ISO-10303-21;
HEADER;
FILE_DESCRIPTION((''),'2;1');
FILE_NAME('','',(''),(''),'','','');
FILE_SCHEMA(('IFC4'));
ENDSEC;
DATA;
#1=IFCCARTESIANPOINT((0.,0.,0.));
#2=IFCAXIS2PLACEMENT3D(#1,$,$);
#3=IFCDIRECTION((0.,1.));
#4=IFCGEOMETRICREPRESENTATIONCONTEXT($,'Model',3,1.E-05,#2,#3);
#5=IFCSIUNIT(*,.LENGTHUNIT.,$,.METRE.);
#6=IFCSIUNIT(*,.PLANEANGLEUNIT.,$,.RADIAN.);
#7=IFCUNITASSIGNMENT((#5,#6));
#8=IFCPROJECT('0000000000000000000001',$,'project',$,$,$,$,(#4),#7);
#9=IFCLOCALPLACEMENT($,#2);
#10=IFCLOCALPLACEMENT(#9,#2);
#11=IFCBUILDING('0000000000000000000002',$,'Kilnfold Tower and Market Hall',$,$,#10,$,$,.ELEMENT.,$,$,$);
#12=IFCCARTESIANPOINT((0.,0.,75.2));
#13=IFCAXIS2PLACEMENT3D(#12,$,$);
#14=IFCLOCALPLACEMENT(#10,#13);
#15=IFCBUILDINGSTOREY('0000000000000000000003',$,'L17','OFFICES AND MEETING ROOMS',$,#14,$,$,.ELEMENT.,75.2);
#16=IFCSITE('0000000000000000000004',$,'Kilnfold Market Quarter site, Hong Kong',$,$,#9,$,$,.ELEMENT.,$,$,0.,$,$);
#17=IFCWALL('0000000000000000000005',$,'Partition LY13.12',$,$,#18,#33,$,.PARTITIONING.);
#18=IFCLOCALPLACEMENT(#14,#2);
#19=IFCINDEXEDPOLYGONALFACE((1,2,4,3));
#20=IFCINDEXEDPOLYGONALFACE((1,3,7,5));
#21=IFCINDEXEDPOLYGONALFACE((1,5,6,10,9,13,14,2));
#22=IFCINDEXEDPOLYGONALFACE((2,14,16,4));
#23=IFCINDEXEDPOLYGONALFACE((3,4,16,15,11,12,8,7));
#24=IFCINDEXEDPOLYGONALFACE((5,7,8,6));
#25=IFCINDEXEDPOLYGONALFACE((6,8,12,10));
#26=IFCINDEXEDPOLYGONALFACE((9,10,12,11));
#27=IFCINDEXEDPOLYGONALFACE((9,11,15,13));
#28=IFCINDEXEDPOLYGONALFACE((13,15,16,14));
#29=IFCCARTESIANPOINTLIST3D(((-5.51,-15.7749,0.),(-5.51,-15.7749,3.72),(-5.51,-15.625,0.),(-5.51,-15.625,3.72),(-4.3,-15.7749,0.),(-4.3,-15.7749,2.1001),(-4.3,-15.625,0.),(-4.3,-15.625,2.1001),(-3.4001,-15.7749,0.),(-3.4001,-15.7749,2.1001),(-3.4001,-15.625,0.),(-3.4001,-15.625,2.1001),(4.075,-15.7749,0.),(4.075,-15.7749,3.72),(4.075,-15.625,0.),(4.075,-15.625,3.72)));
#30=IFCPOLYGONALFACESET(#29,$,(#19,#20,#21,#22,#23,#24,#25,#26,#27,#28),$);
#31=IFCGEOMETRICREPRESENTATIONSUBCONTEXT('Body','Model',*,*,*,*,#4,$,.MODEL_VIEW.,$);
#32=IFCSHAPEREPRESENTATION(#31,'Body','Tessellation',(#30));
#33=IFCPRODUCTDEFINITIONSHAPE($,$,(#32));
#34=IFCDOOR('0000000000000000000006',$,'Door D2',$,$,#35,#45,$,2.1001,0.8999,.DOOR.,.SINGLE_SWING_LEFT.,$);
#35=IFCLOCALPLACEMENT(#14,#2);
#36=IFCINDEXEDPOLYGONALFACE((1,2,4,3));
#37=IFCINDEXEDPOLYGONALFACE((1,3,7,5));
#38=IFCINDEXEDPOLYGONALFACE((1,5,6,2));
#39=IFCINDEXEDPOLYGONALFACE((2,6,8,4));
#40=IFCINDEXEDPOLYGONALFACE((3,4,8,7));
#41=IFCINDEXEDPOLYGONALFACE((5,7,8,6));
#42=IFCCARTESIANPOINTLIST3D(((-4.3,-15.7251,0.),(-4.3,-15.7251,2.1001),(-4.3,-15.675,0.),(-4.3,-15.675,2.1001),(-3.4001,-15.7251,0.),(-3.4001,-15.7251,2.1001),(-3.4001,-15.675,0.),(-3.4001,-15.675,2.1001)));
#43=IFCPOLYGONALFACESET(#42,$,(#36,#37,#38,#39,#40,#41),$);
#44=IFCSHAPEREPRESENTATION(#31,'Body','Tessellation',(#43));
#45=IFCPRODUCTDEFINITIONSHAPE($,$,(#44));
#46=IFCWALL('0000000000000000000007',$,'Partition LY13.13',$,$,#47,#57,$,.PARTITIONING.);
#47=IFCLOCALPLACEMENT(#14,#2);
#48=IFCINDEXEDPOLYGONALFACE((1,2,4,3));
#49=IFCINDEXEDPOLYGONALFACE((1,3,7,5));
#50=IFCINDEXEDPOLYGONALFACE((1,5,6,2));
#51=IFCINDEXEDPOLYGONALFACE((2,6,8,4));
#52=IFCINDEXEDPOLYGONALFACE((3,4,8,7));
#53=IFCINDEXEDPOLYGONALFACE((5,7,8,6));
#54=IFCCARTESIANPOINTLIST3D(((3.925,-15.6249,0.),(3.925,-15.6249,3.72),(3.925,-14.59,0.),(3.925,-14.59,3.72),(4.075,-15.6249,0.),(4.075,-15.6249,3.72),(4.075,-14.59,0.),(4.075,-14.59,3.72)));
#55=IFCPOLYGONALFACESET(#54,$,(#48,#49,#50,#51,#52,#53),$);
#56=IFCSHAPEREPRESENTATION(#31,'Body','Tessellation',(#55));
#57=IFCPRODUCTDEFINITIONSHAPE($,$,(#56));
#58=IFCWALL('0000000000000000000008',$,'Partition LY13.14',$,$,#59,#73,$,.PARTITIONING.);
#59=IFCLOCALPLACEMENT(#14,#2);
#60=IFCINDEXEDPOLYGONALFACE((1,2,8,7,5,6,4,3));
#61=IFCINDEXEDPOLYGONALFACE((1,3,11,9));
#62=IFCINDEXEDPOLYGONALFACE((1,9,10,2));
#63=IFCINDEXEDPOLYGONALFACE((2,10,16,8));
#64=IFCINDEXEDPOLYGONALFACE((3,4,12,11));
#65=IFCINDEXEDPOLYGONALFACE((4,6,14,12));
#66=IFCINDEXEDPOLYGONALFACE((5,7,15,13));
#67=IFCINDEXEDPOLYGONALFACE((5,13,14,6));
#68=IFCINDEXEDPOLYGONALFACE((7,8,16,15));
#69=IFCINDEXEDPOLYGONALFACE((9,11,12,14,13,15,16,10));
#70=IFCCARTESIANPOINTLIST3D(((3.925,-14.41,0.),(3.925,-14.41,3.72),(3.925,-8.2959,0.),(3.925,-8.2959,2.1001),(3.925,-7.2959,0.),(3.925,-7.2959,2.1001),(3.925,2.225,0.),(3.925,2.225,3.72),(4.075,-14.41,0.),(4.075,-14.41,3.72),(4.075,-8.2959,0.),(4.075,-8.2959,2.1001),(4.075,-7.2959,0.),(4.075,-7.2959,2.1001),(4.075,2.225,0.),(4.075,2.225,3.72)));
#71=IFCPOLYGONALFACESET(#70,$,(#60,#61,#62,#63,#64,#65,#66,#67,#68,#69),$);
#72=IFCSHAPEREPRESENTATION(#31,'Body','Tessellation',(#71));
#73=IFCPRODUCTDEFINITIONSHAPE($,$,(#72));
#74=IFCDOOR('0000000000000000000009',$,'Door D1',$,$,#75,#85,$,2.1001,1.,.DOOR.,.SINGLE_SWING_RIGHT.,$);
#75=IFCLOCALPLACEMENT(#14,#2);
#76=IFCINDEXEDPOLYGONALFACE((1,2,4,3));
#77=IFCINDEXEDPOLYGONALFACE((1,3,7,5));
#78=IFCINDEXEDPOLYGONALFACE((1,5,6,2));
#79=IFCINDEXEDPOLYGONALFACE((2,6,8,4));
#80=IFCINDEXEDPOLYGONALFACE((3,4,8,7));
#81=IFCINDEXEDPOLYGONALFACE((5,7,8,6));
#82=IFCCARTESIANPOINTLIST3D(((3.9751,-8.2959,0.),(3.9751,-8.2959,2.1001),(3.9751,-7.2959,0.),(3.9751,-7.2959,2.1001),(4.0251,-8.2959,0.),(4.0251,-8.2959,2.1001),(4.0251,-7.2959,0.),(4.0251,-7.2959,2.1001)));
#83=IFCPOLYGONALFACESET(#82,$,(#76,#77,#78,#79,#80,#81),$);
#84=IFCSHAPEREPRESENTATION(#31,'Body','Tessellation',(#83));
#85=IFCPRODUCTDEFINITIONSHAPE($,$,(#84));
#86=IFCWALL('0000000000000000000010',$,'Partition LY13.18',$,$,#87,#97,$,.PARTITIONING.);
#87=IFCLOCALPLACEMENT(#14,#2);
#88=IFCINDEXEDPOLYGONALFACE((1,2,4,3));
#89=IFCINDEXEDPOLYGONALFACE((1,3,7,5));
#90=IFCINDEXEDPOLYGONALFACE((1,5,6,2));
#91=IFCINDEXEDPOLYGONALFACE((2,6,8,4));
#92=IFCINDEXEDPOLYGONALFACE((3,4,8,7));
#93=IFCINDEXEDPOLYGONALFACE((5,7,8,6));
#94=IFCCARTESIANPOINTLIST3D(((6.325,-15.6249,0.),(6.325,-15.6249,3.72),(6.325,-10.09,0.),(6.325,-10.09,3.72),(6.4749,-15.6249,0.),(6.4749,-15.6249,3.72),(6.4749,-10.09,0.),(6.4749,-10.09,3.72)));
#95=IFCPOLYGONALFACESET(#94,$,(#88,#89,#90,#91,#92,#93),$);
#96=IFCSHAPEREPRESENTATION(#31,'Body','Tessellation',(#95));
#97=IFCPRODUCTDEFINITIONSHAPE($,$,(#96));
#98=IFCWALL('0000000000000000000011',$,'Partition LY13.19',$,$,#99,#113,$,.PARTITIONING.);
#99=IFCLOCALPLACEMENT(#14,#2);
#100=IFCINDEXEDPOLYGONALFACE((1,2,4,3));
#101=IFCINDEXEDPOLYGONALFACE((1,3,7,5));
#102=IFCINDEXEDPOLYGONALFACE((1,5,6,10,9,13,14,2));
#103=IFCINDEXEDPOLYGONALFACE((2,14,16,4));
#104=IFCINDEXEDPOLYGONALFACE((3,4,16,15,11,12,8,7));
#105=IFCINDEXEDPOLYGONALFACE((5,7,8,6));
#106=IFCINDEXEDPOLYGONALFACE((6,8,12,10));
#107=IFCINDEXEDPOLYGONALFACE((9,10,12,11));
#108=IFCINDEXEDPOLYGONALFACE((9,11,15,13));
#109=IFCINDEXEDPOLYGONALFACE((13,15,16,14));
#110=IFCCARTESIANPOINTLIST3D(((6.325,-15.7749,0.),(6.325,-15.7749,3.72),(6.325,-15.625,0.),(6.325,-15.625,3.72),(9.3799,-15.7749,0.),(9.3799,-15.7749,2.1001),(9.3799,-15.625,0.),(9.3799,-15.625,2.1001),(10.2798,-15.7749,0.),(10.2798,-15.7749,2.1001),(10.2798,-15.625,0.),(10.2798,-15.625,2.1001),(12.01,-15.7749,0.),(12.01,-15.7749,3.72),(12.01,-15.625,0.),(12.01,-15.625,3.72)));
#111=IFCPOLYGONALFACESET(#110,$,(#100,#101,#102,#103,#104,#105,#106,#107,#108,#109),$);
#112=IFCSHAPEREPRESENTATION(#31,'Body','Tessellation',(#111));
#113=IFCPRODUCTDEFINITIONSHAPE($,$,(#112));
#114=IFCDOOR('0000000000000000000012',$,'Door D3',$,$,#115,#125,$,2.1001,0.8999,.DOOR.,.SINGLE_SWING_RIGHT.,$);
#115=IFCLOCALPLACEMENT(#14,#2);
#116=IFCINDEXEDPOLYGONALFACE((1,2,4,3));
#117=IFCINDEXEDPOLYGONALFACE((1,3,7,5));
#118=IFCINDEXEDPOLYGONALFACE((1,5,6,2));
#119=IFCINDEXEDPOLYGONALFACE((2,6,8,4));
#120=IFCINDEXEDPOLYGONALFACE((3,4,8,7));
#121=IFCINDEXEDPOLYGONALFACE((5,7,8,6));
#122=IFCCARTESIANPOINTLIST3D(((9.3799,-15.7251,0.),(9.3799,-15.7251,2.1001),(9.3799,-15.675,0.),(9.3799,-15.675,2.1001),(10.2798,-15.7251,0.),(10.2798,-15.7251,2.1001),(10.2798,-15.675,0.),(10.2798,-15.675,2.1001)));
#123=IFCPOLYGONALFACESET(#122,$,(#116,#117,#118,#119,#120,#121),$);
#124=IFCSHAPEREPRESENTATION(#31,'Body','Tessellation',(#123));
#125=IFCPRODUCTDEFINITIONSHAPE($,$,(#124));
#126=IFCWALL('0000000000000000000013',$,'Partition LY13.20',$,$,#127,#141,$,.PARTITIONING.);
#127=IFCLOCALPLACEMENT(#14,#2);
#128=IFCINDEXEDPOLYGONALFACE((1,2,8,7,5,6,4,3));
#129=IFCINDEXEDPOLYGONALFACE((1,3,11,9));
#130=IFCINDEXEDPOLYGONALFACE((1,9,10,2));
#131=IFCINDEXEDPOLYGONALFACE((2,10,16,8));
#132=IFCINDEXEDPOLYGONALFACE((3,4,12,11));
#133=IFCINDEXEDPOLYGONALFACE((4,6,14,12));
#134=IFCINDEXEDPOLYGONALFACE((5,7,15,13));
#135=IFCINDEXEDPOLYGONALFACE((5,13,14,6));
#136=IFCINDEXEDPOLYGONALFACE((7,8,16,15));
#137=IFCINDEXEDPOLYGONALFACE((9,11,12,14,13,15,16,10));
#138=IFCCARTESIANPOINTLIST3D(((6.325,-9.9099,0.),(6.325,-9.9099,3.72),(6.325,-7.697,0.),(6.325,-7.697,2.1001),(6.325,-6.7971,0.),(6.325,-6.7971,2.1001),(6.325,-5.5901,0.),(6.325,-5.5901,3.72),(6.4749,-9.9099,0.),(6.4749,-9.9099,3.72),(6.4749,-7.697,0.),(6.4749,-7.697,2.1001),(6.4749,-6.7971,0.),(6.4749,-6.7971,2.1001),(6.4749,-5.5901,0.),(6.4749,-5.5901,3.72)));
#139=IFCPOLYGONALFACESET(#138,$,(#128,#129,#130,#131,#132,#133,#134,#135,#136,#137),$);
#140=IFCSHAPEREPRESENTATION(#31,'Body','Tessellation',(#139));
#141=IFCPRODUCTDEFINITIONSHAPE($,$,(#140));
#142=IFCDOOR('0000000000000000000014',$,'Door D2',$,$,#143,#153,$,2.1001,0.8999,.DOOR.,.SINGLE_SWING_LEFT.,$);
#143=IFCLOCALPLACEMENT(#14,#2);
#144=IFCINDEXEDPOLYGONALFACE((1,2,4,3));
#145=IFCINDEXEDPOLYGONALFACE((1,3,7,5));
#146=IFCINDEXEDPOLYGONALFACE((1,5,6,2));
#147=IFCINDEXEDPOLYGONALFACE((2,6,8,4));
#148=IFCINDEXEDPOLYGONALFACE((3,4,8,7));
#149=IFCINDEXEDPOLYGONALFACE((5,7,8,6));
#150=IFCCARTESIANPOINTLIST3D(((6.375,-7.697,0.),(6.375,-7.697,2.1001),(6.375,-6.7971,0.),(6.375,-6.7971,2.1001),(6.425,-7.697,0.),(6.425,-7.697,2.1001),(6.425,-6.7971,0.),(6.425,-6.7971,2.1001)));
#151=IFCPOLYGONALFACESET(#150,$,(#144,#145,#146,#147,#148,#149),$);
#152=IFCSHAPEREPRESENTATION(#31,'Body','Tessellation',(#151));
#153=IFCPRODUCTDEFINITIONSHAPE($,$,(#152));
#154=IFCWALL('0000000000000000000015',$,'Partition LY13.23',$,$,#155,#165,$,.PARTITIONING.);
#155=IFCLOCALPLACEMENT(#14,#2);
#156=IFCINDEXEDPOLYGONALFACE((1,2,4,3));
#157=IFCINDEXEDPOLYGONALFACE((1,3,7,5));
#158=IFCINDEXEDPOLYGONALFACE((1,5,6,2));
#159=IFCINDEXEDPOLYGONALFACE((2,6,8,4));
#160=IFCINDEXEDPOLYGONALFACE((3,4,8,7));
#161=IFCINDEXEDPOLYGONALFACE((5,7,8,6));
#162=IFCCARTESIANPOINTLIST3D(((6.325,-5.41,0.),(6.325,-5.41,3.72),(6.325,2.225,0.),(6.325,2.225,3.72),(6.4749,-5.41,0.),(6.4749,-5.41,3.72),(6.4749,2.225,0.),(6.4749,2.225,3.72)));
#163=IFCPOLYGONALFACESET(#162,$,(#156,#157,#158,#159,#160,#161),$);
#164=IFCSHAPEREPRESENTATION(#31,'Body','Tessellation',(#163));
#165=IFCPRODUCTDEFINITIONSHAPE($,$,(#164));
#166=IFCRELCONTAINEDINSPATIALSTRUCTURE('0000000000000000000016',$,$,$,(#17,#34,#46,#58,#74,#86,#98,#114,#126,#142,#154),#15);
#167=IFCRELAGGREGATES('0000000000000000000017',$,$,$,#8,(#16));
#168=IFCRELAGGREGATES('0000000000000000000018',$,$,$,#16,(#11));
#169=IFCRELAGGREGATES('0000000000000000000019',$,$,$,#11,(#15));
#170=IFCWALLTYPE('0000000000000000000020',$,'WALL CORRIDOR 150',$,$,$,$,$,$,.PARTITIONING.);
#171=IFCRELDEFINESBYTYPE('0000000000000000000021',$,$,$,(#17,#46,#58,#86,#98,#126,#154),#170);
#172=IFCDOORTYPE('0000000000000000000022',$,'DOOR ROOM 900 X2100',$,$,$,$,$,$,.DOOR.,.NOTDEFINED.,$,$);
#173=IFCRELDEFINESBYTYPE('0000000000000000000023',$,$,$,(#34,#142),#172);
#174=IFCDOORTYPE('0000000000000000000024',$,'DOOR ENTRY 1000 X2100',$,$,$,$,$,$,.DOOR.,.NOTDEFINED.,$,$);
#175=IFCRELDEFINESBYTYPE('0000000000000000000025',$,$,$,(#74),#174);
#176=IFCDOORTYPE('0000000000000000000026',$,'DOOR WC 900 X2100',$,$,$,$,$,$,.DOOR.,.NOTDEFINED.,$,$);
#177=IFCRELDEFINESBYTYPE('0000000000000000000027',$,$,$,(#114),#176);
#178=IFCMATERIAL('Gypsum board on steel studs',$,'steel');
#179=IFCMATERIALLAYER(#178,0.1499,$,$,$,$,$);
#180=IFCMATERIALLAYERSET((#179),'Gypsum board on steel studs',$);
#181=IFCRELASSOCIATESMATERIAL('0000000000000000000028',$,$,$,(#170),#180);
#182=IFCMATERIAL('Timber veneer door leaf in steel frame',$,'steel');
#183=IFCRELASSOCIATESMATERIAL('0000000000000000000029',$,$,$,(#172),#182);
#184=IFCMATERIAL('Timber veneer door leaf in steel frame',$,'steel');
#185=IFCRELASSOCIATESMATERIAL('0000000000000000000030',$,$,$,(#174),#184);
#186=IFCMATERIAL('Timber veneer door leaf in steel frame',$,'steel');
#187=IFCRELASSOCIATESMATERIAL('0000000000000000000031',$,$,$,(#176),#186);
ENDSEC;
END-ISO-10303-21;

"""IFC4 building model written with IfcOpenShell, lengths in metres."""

from ifc_helpers import new_model, si_unit, direction, frame, frame_2d, origin, place, context, subcontext, project, spatial, rectangle, extrude, material, layer, layer_set, type_object, element, fill, save


model = new_model("IFC4")

# Units and contexts
model_context = context("Model", 3, precision=1e-05, world=origin(), true_north=direction((0.0, 1.0)))
body_context = subcontext(model_context, "Body", "Model", "MODEL_VIEW")
ifc_project = project(units=[si_unit("LENGTHUNIT", "METRE"), si_unit("PLANEANGLEUNIT", "RADIAN")], contexts=[model_context])

# Site, building, storey
site_placement = place(None, origin())
site = spatial("IfcSite", under=ifc_project, at=site_placement, Name="Kilnfold Market Quarter site, Hong Kong", CompositionType="ELEMENT", RefElevation=0.0)
building_placement = place(site_placement, origin())
building = spatial("IfcBuilding", under=site, at=building_placement, Name="Kilnfold Tower and Market Hall", CompositionType="ELEMENT")
storey_placement = place(building_placement, frame((0.0, 0.0, 75.2)))
storey = spatial("IfcBuildingStorey", under=building, at=storey_placement, Name="L17", Description="OFFICES AND MEETING ROOMS", CompositionType="ELEMENT", Elevation=75.2)

# Wall, opening, door
ifc_material_1 = material(Name="Gypsum board on steel studs", Category="steel")
ifc_layer_1 = layer(ifc_material_1, 0.1499)
ifc_layer_set_1 = layer_set([ifc_layer_1], Name="Gypsum board on steel studs")
wall_type_1 = type_object("IfcWallType", Name="WALL CORRIDOR 150", PredefinedType="PARTITIONING", material=ifc_layer_set_1)
wall_1_placement = place(storey_placement, frame((-5.51, -15.7, 0.0), z_axis=(0.0, 0.0, 1.0), x_axis=(1.0, 0.0, 0.0)))
wall_1 = element("IfcWall", 1, at=wall_1_placement, inside=storey, type_object=wall_type_1, Name="Partition LY13.12", PredefinedType="PARTITIONING", context=body_context, shape_type="SweptSolid", body=[
    extrude(rectangle(XDim=9.585, YDim=0.1499, at=frame_2d((4.7925, 0.0))), origin(), (0.0, 0.0, 1.0), 3.72),
])
opening_1_placement = place(wall_1_placement, frame((1.21, 0.0, 0.0)))
opening_1 = element("IfcOpeningElement", 2, at=opening_1_placement, cuts=wall_1, PredefinedType="OPENING", context=body_context, shape_type="SweptSolid", body=[
    extrude(rectangle(XDim=0.8999, YDim=2.1001, at=frame_2d((0.45, 1.05))), frame((0.0, 0.085, 0.0), z_axis=(0.0, -1.0, 0.0), x_axis=(1.0, 0.0, 0.0)), (0.0, 0.0, 1.0), 0.1699),
])
ifc_material_2 = material(Name="Timber veneer door leaf in steel frame", Category="steel")
door_type_1 = type_object("IfcDoorType", Name="DOOR ROOM 900 X2100", OperationType="NOTDEFINED", PredefinedType="DOOR", material=ifc_material_2)
door_1_placement = place(opening_1_placement, origin())
door_1 = element("IfcDoor", 3, at=door_1_placement, inside=storey, type_object=door_type_1, Name="Door D2", OperationType="SINGLE_SWING_LEFT", OverallHeight=2.1001, OverallWidth=0.8999, PredefinedType="DOOR", context=body_context, shape_type="SweptSolid", body=[
    extrude(rectangle(XDim=0.8999, YDim=2.1001, at=frame_2d((0.45, 1.05))), frame((0.0, 0.0249, 0.0), z_axis=(0.0, -1.0, 0.0), x_axis=(1.0, 0.0, 0.0)), (0.0, 0.0, 1.0), 0.05),
])
fill(opening_1, door_1)

# Wall
wall_2_placement = place(storey_placement, frame((4.0, -15.625, 0.0), z_axis=(0.0, 0.0, 1.0), x_axis=(0.0, 1.0, 0.0)))
element("IfcWall", 4, at=wall_2_placement, inside=storey, type_object=wall_type_1, Name="Partition LY13.13", PredefinedType="PARTITIONING", context=body_context, shape_type="SweptSolid", body=[
    extrude(rectangle(XDim=1.0349, YDim=0.1499, at=frame_2d((0.5176, 0.0))), origin(), (0.0, 0.0, 1.0), 3.72),
])

# Wall, opening, door
wall_3_placement = place(storey_placement, frame((4.0, -14.4099, 0.0), z_axis=(0.0, 0.0, 1.0), x_axis=(0.0, 1.0, 0.0)))
wall_3 = element("IfcWall", 5, at=wall_3_placement, inside=storey, type_object=wall_type_1, Name="Partition LY13.14", PredefinedType="PARTITIONING", context=body_context, shape_type="SweptSolid", body=[
    extrude(rectangle(XDim=16.635, YDim=0.1499, at=frame_2d((8.3174, 0.0))), origin(), (0.0, 0.0, 1.0), 3.72),
])
opening_2_placement = place(wall_3_placement, frame((6.114, 0.0, 0.0)))
opening_2 = element("IfcOpeningElement", 6, at=opening_2_placement, cuts=wall_3, PredefinedType="OPENING", context=body_context, shape_type="SweptSolid", body=[
    extrude(rectangle(XDim=1.0, YDim=2.1001, at=frame_2d((0.5, 1.05))), frame((0.0, 0.085, 0.0), z_axis=(0.0, -1.0, 0.0), x_axis=(1.0, 0.0, 0.0)), (0.0, 0.0, 1.0), 0.1699),
])
ifc_material_3 = material(Name="Timber veneer door leaf in steel frame", Category="steel")
door_type_2 = type_object("IfcDoorType", Name="DOOR ENTRY 1000 X2100", OperationType="NOTDEFINED", PredefinedType="DOOR", material=ifc_material_3)
door_2_placement = place(opening_2_placement, origin())
door_2 = element("IfcDoor", 7, at=door_2_placement, inside=storey, type_object=door_type_2, Name="Door D1", OperationType="SINGLE_SWING_RIGHT", OverallHeight=2.1001, OverallWidth=1.0, PredefinedType="DOOR", context=body_context, shape_type="SweptSolid", body=[
    extrude(rectangle(XDim=1.0, YDim=2.1001, at=frame_2d((0.5, 1.05))), frame((0.0, 0.0249, 0.0), z_axis=(0.0, -1.0, 0.0), x_axis=(1.0, 0.0, 0.0)), (0.0, 0.0, 1.0), 0.05),
])
fill(opening_2, door_2)

# Wall
wall_4_placement = place(storey_placement, frame((6.3999, -15.625, 0.0), z_axis=(0.0, 0.0, 1.0), x_axis=(0.0, 1.0, 0.0)))
element("IfcWall", 8, at=wall_4_placement, inside=storey, type_object=wall_type_1, Name="Partition LY13.18", PredefinedType="PARTITIONING", context=body_context, shape_type="SweptSolid", body=[
    extrude(rectangle(XDim=5.5349, YDim=0.1499, at=frame_2d((2.7676, 0.0))), origin(), (0.0, 0.0, 1.0), 3.72),
])

# Walls, openings, doors
wall_5_placement = place(storey_placement, frame((6.325, -15.7, 0.0), z_axis=(0.0, 0.0, 1.0), x_axis=(1.0, 0.0, 0.0)))
wall_5 = element("IfcWall", 9, at=wall_5_placement, inside=storey, type_object=wall_type_1, Name="Partition LY13.19", PredefinedType="PARTITIONING", context=body_context, shape_type="SweptSolid", body=[
    extrude(rectangle(XDim=5.6851, YDim=0.1499, at=frame_2d((2.8425, 0.0))), origin(), (0.0, 0.0, 1.0), 3.72),
])
opening_3_placement = place(wall_5_placement, frame((3.0549, 0.0, 0.0)))
opening_3 = element("IfcOpeningElement", 10, at=opening_3_placement, cuts=wall_5, PredefinedType="OPENING", context=body_context, shape_type="SweptSolid", body=[
    extrude(rectangle(XDim=0.8999, YDim=2.1001, at=frame_2d((0.45, 1.05))), frame((0.0, 0.085, 0.0), z_axis=(0.0, -1.0, 0.0), x_axis=(1.0, 0.0, 0.0)), (0.0, 0.0, 1.0), 0.1699),
])
ifc_material_4 = material(Name="Timber veneer door leaf in steel frame", Category="steel")
door_type_3 = type_object("IfcDoorType", Name="DOOR WC 900 X2100", OperationType="NOTDEFINED", PredefinedType="DOOR", material=ifc_material_4)
door_3_placement = place(opening_3_placement, origin())
door_3 = element("IfcDoor", 11, at=door_3_placement, inside=storey, type_object=door_type_3, Name="Door D3", OperationType="SINGLE_SWING_RIGHT", OverallHeight=2.1001, OverallWidth=0.8999, PredefinedType="DOOR", context=body_context, shape_type="SweptSolid", body=[
    extrude(rectangle(XDim=0.8999, YDim=2.1001, at=frame_2d((0.45, 1.05))), frame((0.0, 0.0249, 0.0), z_axis=(0.0, -1.0, 0.0), x_axis=(1.0, 0.0, 0.0)), (0.0, 0.0, 1.0), 0.05),
])
fill(opening_3, door_3)
wall_6_placement = place(storey_placement, frame((6.3999, -9.9099, 0.0), z_axis=(0.0, 0.0, 1.0), x_axis=(0.0, 1.0, 0.0)))
wall_6 = element("IfcWall", 12, at=wall_6_placement, inside=storey, type_object=wall_type_1, Name="Partition LY13.20", PredefinedType="PARTITIONING", context=body_context, shape_type="SweptSolid", body=[
    extrude(rectangle(XDim=4.3198, YDim=0.1499, at=frame_2d((2.1599, 0.0))), origin(), (0.0, 0.0, 1.0), 3.72),
])
opening_4_placement = place(wall_6_placement, frame((2.2129, 0.0, 0.0)))
opening_4 = element("IfcOpeningElement", 13, at=opening_4_placement, cuts=wall_6, PredefinedType="OPENING", context=body_context, shape_type="SweptSolid", body=[
    extrude(rectangle(XDim=0.8999, YDim=2.1001, at=frame_2d((0.45, 1.05))), frame((0.0, 0.085, 0.0), z_axis=(0.0, -1.0, 0.0), x_axis=(1.0, 0.0, 0.0)), (0.0, 0.0, 1.0), 0.1699),
])
door_4_placement = place(opening_4_placement, origin())
door_4 = element("IfcDoor", 14, at=door_4_placement, inside=storey, type_object=door_type_1, Name="Door D2", OperationType="SINGLE_SWING_LEFT", OverallHeight=2.1001, OverallWidth=0.8999, PredefinedType="DOOR", context=body_context, shape_type="SweptSolid", body=[
    extrude(rectangle(XDim=0.8999, YDim=2.1001, at=frame_2d((0.45, 1.05))), frame((0.0, 0.0249, 0.0), z_axis=(0.0, -1.0, 0.0), x_axis=(1.0, 0.0, 0.0)), (0.0, 0.0, 1.0), 0.05),
])
fill(opening_4, door_4)

# Wall
wall_7_placement = place(storey_placement, frame((6.3999, -5.4099, 0.0), z_axis=(0.0, 0.0, 1.0), x_axis=(0.0, 1.0, 0.0)))
element("IfcWall", 15, at=wall_7_placement, inside=storey, type_object=wall_type_1, Name="Partition LY13.23", PredefinedType="PARTITIONING", context=body_context, shape_type="SweptSolid", body=[
    extrude(rectangle(XDim=7.635, YDim=0.1499, at=frame_2d((3.8174, 0.0))), origin(), (0.0, 0.0, 1.0), 3.72),
])

save(model, "model.ifc")
